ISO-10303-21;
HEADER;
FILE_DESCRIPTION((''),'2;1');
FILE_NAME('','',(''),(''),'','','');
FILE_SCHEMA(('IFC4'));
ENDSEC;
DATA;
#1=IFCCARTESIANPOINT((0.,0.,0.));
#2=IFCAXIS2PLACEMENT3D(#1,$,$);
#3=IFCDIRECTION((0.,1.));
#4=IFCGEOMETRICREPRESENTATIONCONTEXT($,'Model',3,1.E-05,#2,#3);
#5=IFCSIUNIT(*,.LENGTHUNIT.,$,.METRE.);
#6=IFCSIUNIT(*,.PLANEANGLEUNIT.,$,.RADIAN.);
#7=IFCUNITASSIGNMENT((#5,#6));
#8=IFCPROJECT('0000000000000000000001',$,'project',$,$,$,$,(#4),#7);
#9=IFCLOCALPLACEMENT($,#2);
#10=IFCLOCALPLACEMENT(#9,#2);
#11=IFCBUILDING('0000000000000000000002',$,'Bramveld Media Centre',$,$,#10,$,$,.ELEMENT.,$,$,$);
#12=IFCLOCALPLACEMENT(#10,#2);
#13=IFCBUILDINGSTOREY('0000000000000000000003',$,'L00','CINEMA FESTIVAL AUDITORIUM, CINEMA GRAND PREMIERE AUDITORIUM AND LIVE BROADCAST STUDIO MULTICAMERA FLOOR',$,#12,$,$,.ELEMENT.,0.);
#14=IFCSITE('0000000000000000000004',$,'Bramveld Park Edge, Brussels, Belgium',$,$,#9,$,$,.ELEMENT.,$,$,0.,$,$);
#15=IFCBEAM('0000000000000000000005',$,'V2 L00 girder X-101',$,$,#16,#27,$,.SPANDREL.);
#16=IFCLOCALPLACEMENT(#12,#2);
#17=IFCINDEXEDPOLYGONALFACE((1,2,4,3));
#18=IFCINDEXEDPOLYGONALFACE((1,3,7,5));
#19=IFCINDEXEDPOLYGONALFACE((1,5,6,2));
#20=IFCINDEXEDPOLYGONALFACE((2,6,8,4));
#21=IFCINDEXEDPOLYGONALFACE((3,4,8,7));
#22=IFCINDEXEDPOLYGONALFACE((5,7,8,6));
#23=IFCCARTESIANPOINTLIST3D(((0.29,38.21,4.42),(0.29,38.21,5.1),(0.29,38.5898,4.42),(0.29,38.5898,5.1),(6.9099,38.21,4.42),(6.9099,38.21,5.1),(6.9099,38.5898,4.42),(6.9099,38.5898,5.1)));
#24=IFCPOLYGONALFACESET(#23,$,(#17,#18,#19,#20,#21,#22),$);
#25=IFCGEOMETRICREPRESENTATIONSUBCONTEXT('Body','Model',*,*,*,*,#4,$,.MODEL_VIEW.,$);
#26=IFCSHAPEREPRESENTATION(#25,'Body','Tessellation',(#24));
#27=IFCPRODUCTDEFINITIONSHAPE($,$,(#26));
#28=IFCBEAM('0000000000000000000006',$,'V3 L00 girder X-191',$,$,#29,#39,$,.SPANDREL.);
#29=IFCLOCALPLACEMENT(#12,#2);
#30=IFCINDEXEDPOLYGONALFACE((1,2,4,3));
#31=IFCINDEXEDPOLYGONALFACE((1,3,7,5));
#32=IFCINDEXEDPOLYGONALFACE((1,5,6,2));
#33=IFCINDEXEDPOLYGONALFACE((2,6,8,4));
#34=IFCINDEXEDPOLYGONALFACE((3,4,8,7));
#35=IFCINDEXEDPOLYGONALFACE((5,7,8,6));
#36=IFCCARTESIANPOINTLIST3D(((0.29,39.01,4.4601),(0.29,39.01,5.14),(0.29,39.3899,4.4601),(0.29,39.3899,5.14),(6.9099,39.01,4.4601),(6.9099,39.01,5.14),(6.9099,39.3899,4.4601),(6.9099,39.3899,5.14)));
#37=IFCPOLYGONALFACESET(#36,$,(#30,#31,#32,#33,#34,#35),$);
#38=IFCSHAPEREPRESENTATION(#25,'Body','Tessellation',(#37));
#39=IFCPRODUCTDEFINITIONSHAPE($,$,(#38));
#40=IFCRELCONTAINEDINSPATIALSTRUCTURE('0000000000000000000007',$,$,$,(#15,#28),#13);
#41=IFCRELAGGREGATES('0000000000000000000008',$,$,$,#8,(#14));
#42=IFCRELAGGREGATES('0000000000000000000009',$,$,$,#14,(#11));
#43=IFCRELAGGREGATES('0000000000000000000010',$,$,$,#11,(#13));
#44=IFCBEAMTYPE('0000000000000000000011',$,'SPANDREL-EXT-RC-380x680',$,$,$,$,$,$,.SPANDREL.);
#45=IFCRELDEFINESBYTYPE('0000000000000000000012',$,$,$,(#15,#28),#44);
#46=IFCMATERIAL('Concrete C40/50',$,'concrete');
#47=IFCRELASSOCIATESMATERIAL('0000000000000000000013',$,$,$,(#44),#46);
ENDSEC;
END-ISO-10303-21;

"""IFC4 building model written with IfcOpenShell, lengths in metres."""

from ifc_helpers import new_model, si_unit, direction, frame, origin, origin_2d, place, context, subcontext, project, spatial, rectangle, extrude, material, material_profile, profile_set, type_object, element, save


model = new_model("IFC4")

# Units and contexts
model_context = context("Model", 3, precision=1e-05, world=origin(), true_north=direction((0.0, 1.0)))
body_context = subcontext(model_context, "Body", "Model", "MODEL_VIEW")
ifc_project = project(units=[si_unit("LENGTHUNIT", "METRE"), si_unit("PLANEANGLEUNIT", "RADIAN")], contexts=[model_context])

# Site, building, storey
site_placement = place(None, origin())
site = spatial("IfcSite", under=ifc_project, at=site_placement, Name="Bramveld Park Edge, Brussels, Belgium", CompositionType="ELEMENT", RefElevation=0.0)
building_placement = place(site_placement, origin())
building = spatial("IfcBuilding", under=site, at=building_placement, Name="Bramveld Media Centre", CompositionType="ELEMENT")
storey_placement = place(building_placement, origin())
storey = spatial("IfcBuildingStorey", under=building, at=storey_placement, Name="L00", Description="CINEMA FESTIVAL AUDITORIUM, CINEMA GRAND PREMIERE AUDITORIUM AND LIVE BROADCAST STUDIO MULTICAMERA FLOOR", CompositionType="ELEMENT", Elevation=0.0)

# Beams
ifc_material_1 = material(Name="Concrete C40/50", Category="concrete")
ifc_material_profile = material_profile(ifc_material_1, rectangle(XDim=0.3799, YDim=0.6799, at=origin_2d()), Name="RC 380x680")
ifc_profile_set = profile_set([ifc_material_profile], Name="Concrete C40/50")
beam_type = type_object("IfcBeamType", Name="SPANDREL-EXT-RC-380x680", PredefinedType="SPANDREL", material=ifc_profile_set)
for number, where, z_axis, x_axis, name in (
    (1, (0.29, 38.3999, 4.76), (1.0, 0.0, 0.0), (0.0, 1.0, 0.0), "V2 L00 girder X-101"),
    (2, (0.29, 39.2, 4.8), (1.0, 0.0, 0.0), (0.0, 1.0, 0.0), "V3 L00 girder X-191"),
):
    element("IfcBeam", number, at=place(storey_placement, frame(where, z_axis=z_axis, x_axis=x_axis)), inside=storey, type_object=beam_type, Name=name, PredefinedType="SPANDREL", context=body_context, shape_type="SweptSolid", body=[
        extrude(rectangle(XDim=0.3799, YDim=0.6799, at=origin_2d()), origin(), (0.0, 0.0, 1.0), 6.6199),
    ])

save(model, "model.ifc")
